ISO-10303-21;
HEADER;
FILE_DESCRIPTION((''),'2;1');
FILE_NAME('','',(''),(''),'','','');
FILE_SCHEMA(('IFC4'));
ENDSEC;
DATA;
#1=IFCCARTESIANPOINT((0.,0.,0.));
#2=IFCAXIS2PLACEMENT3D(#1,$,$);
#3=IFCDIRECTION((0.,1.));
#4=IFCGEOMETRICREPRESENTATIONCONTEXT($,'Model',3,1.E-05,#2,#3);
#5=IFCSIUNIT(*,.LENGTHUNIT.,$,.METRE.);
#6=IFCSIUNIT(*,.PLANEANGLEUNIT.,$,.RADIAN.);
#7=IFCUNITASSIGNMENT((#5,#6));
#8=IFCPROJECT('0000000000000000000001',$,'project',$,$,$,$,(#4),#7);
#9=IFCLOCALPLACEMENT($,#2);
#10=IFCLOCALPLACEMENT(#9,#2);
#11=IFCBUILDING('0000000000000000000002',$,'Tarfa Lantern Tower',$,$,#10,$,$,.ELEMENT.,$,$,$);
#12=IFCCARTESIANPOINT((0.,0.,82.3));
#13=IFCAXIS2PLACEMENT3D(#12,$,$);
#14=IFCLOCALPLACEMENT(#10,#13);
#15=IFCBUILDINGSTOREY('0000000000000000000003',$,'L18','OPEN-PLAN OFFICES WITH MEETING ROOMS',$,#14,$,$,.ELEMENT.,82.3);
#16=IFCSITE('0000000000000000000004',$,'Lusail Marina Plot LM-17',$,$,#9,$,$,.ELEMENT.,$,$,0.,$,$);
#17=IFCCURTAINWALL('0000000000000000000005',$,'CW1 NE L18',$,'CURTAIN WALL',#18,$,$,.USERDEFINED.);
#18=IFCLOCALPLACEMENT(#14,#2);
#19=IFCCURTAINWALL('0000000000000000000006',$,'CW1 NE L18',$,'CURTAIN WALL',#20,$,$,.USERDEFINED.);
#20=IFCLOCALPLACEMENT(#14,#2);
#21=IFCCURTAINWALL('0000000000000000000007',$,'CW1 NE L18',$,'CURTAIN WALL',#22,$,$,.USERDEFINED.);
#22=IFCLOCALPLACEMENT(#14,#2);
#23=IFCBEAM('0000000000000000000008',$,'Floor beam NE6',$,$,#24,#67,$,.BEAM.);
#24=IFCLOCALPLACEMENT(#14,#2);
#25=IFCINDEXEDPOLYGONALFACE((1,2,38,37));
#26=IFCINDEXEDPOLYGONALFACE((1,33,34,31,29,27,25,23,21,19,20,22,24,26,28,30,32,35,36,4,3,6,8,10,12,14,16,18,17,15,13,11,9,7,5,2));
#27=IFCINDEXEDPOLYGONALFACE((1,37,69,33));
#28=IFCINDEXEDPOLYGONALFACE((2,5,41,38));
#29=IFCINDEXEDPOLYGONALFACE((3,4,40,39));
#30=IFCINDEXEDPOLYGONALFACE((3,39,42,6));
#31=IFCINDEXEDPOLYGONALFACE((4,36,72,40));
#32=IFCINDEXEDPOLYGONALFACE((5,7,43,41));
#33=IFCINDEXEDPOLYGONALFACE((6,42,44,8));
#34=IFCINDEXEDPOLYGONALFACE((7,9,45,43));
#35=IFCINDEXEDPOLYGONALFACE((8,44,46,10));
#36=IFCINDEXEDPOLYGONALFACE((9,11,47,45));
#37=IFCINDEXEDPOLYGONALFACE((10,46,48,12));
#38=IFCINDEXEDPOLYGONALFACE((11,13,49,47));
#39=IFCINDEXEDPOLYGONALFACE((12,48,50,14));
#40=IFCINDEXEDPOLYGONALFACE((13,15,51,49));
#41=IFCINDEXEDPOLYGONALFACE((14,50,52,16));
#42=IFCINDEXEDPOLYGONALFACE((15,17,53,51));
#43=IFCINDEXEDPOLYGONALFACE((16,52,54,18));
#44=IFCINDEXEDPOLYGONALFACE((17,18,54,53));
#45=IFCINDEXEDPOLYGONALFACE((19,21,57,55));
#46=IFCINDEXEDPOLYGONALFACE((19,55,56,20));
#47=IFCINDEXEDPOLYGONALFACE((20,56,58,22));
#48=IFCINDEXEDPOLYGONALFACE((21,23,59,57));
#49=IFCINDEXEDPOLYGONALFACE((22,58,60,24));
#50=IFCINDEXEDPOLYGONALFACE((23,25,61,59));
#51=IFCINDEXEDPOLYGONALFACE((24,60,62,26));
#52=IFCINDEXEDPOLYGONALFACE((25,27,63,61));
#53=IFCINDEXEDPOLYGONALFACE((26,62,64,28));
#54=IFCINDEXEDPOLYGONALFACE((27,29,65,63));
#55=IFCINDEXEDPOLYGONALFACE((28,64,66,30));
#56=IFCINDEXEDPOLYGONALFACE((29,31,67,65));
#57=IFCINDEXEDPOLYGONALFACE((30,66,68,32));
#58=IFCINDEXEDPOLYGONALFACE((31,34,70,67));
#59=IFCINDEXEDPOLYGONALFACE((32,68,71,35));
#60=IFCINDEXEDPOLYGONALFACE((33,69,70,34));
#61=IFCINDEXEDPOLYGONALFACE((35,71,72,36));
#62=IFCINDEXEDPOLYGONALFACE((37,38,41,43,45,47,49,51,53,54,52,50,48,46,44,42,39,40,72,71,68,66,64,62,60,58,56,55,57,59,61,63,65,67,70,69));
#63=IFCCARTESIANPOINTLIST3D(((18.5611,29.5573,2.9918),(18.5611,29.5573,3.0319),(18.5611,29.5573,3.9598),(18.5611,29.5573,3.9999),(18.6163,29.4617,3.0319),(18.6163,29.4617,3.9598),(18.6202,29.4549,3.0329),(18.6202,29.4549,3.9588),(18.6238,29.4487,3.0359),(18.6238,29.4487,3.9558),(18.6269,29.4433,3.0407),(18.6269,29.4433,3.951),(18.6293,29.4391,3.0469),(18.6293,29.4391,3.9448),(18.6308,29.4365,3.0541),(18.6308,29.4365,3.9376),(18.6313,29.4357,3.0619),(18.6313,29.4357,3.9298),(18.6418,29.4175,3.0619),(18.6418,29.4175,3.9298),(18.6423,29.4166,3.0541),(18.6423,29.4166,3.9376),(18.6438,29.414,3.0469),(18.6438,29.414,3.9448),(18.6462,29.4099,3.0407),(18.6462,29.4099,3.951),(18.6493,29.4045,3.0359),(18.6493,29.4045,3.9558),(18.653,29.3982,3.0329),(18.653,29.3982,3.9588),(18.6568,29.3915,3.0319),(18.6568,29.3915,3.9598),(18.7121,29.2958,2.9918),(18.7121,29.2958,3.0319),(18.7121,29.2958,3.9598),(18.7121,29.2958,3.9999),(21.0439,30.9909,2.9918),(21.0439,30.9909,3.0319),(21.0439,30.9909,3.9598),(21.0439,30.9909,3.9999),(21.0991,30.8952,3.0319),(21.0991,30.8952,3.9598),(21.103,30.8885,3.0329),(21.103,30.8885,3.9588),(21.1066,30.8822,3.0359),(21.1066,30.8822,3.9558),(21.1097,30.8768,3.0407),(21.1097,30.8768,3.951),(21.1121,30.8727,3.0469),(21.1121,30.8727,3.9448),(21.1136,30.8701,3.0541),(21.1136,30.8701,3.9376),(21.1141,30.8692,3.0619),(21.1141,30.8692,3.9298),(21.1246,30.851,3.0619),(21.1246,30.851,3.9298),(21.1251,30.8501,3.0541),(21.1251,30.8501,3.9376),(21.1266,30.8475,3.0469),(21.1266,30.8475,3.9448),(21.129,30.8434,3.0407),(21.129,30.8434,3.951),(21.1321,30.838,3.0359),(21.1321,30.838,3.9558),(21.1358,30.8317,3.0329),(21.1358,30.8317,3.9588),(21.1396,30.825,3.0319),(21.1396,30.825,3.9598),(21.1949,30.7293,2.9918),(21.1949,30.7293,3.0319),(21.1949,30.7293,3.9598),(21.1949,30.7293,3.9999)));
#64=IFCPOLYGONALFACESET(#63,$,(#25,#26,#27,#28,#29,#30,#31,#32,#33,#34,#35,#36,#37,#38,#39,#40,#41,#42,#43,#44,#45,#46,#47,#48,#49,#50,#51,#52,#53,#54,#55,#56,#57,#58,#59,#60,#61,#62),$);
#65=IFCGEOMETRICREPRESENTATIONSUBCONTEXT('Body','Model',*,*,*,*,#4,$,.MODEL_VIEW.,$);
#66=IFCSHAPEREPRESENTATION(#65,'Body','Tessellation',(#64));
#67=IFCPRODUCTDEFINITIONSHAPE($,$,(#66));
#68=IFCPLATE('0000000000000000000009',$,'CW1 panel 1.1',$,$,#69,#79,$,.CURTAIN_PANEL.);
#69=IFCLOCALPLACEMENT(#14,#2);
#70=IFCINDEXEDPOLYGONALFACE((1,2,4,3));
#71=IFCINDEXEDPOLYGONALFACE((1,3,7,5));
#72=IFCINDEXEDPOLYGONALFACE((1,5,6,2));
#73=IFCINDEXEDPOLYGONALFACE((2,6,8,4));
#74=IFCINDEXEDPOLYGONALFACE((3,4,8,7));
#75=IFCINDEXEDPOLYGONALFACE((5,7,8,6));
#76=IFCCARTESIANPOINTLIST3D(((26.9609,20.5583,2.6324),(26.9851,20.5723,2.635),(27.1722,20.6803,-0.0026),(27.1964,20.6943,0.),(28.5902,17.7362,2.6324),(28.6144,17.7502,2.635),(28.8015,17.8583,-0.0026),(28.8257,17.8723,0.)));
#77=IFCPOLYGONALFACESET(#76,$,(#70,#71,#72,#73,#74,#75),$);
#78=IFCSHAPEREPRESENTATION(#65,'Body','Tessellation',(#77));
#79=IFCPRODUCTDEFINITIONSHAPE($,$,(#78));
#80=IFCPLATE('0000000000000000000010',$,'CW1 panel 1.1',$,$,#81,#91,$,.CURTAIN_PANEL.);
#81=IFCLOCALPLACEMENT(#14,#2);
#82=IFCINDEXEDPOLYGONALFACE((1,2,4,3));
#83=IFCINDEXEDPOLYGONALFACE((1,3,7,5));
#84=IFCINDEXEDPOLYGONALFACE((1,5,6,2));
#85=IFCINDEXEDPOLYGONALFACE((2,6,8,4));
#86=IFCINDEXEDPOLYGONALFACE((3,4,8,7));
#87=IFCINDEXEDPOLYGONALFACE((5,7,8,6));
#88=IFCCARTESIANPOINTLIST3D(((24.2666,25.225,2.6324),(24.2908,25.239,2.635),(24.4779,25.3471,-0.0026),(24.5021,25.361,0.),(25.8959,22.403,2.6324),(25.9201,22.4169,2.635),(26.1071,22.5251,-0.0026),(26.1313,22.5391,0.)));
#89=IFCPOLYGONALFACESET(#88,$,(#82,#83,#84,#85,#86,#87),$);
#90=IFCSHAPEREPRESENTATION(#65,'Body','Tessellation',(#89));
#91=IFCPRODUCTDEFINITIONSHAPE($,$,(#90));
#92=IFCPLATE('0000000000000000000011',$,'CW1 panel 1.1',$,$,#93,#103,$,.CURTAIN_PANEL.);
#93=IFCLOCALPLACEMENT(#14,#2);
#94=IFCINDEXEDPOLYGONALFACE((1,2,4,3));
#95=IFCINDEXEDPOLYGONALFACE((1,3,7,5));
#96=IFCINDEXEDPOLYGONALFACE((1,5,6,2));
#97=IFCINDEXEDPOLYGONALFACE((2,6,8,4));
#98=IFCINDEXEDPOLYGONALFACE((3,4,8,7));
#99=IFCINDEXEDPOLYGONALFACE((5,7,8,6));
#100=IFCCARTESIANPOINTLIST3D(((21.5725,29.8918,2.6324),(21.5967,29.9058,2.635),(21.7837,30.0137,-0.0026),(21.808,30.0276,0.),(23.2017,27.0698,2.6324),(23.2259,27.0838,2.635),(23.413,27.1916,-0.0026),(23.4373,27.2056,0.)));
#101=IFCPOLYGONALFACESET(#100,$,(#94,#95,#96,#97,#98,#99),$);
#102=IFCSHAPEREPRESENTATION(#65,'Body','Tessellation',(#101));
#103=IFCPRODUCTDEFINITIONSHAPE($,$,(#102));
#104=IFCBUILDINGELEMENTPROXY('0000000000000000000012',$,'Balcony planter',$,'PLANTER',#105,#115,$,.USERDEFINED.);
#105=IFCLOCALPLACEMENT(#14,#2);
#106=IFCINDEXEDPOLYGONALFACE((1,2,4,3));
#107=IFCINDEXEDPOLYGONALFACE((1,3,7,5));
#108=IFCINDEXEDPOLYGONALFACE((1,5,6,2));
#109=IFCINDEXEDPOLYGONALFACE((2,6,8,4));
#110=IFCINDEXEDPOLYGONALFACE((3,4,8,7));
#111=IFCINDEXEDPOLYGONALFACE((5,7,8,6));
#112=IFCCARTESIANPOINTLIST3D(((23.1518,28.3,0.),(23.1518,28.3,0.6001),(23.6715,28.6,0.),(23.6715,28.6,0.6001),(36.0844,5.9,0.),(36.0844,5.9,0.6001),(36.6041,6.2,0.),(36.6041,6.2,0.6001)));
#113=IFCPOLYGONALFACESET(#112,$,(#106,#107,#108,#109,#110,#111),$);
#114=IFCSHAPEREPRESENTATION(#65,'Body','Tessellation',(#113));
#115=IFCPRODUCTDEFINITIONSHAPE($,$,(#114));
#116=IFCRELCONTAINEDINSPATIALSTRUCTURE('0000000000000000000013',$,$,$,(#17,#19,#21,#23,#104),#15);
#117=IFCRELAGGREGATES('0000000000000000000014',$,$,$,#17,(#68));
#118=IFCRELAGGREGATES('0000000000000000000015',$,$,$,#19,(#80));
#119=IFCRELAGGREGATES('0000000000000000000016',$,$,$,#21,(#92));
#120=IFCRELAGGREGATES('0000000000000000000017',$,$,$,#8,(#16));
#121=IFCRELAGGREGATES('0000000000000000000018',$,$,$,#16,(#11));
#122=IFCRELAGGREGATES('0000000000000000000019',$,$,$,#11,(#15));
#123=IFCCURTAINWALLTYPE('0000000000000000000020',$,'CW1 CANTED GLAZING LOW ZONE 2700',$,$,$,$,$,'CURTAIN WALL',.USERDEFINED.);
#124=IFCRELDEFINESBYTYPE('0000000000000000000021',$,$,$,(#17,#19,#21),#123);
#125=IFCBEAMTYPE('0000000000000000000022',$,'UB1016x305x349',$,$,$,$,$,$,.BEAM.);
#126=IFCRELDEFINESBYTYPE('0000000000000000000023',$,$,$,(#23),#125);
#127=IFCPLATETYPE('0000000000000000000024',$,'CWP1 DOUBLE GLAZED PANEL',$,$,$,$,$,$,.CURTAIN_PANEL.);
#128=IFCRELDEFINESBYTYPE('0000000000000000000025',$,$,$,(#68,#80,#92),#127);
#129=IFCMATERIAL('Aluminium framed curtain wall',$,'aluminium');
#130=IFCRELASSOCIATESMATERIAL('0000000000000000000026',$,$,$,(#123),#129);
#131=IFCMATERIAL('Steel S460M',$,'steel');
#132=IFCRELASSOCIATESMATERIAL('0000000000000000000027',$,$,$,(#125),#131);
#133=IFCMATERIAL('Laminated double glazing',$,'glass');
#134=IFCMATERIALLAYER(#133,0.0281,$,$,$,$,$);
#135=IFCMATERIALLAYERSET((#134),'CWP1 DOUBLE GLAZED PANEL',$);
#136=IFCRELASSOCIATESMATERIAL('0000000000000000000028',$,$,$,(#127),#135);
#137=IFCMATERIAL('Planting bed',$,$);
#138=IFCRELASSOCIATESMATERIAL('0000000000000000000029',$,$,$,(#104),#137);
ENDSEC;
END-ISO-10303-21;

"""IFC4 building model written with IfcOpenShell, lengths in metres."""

from ifc_helpers import new_model, si_unit, direction, frame, origin, origin_2d, place, context, subcontext, project, spatial, polyline, rectangle, i_section, outline, extrude, material, layer, layer_set, material_profile, profile_set, type_object, element, aggregate, save


model = new_model("IFC4")

# Units and contexts
model_context = context("Model", 3, precision=1e-05, world=origin(), true_north=direction((0.0, 1.0)))
body_context = subcontext(model_context, "Body", "Model", "MODEL_VIEW")
ifc_project = project(units=[si_unit("LENGTHUNIT", "METRE"), si_unit("PLANEANGLEUNIT", "RADIAN")], contexts=[model_context])

# Site, building, storey
site_placement = place(None, origin())
site = spatial("IfcSite", under=ifc_project, at=site_placement, Name="Lusail Marina Plot LM-17", CompositionType="ELEMENT", RefElevation=0.0)
building_placement = place(site_placement, origin())
building = spatial("IfcBuilding", under=site, at=building_placement, Name="Tarfa Lantern Tower", CompositionType="ELEMENT")
storey_placement = place(building_placement, frame((0.0, 0.0, 82.3)))
storey = spatial("IfcBuildingStorey", under=building, at=storey_placement, Name="L18", Description="OPEN-PLAN OFFICES WITH MEETING ROOMS", CompositionType="ELEMENT", Elevation=82.3)

# Curtain walls
ifc_material_1 = material(Name="Aluminium framed curtain wall", Category="aluminium")
curtain_wall_type = type_object("IfcCurtainWallType", Name="CW1 CANTED GLAZING LOW ZONE 2700", ElementType="CURTAIN WALL", PredefinedType="USERDEFINED", material=ifc_material_1)
curtain_wall_1_placement = place(storey_placement, origin())
curtain_wall_1 = element("IfcCurtainWall", 1, at=curtain_wall_1_placement, inside=storey, type_object=curtain_wall_type, Name="CW1 NE L18", ObjectType="CURTAIN WALL", PredefinedType="USERDEFINED")
curtain_wall_2_placement = place(storey_placement, origin())
curtain_wall_2 = element("IfcCurtainWall", 2, at=curtain_wall_2_placement, inside=storey, type_object=curtain_wall_type, Name="CW1 NE L18", ObjectType="CURTAIN WALL", PredefinedType="USERDEFINED")
curtain_wall_3_placement = place(storey_placement, origin())
curtain_wall_3 = element("IfcCurtainWall", 3, at=curtain_wall_3_placement, inside=storey, type_object=curtain_wall_type, Name="CW1 NE L18", ObjectType="CURTAIN WALL", PredefinedType="USERDEFINED")

# Beam
ifc_material_2 = material(Name="Steel S460M", Category="steel")
ifc_material_profile_1 = material_profile(ifc_material_2, i_section(OverallWidth=0.302, OverallDepth=1.0081, WebThickness=0.021, FlangeThickness=0.04, FilletRadius=0.03, at=origin_2d()), Name="UB1016x305x349")
ifc_profile_set_1 = profile_set([ifc_material_profile_1], Name="Steel S460M")
beam_type_1 = type_object("IfcBeamType", Name="UB1016x305x349", PredefinedType="BEAM", material=ifc_profile_set_1)
beam_1_placement = place(storey_placement, frame((21.1194, 30.8601, 3.4958), z_axis=(-0.866013, -0.500022, 0.0), x_axis=(0.500022, -0.866013, 0.0)))
element("IfcBeam", 4, at=beam_1_placement, inside=storey, type_object=beam_type_1, Name="Floor beam NE6", PredefinedType="BEAM", context=body_context, shape_type="SweptSolid", body=[
    extrude(i_section(OverallWidth=0.302, OverallDepth=1.0081, WebThickness=0.021, FlangeThickness=0.04, FilletRadius=0.03, at=origin_2d()), origin(), (0.0, 0.0, 1.0), 2.8669),
])

# Plates
ifc_material_3 = material(Name="Laminated double glazing", Category="glass")
ifc_layer = layer(ifc_material_3, 0.0281)
ifc_layer_set = layer_set([ifc_layer], Name="CWP1 DOUBLE GLAZED PANEL")
plate_type = type_object("IfcPlateType", Name="CWP1 DOUBLE GLAZED PANEL", PredefinedType="CURTAIN_PANEL", material=ifc_layer_set)
plate_1_placement = place(storey_placement, frame((28.8257, 17.8723, 0.0), z_axis=(0.862338, 0.497864, 0.092216), x_axis=(-0.499995, 0.866029, -0.000003)))
plate_1 = element("IfcPlate", 5, at=plate_1_placement, type_object=plate_type, Name="CW1 panel 1.1", PredefinedType="CURTAIN_PANEL", context=body_context, shape_type="SweptSolid", body=[
    extrude(outline(polyline([(0.0, 0.0), (3.2585, 0.0), (3.2585, 2.6463), (-0.0001, 2.6463), (0.0, 0.0)])), origin(), (0.0, 0.0, -1.0), 0.0281),
])
aggregate(curtain_wall_1, [plate_1])
plate_2_placement = place(storey_placement, frame((26.1313, 22.5391, 0.0), z_axis=(0.862338, 0.497864, 0.092216), x_axis=(-0.499995, 0.866029, -0.000003)))
plate_2 = element("IfcPlate", 6, at=plate_2_placement, type_object=plate_type, Name="CW1 panel 1.1", PredefinedType="CURTAIN_PANEL", context=body_context, shape_type="SweptSolid", body=[
    extrude(outline(polyline([(0.0, 0.0), (3.2585, 0.0), (3.2585, 2.6463), (-0.0001, 2.6463), (0.0, 0.0)])), origin(), (0.0, 0.0, -1.0), 0.0281),
])
aggregate(curtain_wall_2, [plate_2])
plate_3_placement = place(storey_placement, frame((23.4373, 27.2056, 0.0), z_axis=(0.862342, 0.497867, 0.09217), x_axis=(-0.499995, 0.866028, 0.000003)))
plate_3 = element("IfcPlate", 7, at=plate_3_placement, type_object=plate_type, Name="CW1 panel 1.1", PredefinedType="CURTAIN_PANEL", context=body_context, shape_type="SweptSolid", body=[
    extrude(outline(polyline([(0.0, 0.0), (3.2586, 0.0), (3.2587, 2.6463), (0.0002, 2.6463), (0.0, 0.0)])), origin(), (0.0, 0.0, -1.0), 0.0281),
])
aggregate(curtain_wall_3, [plate_3])

# Building element proxy
ifc_material_4 = material(Name="Planting bed")
proxy_placement = place(storey_placement, frame((29.8779, 17.25, 0.0), z_axis=(0.0, 0.0, 1.0), x_axis=(-0.5, 0.866025, 0.0)))
element("IfcBuildingElementProxy", 8, at=proxy_placement, inside=storey, material=ifc_material_4, Name="Balcony planter", ObjectType="PLANTER", PredefinedType="USERDEFINED", context=body_context, shape_type="SweptSolid", body=[
    extrude(rectangle(XDim=25.8652, YDim=0.6001, at=origin_2d()), origin(), (0.0, 0.0, 1.0), 0.6001),
])

save(model, "model.ifc")
